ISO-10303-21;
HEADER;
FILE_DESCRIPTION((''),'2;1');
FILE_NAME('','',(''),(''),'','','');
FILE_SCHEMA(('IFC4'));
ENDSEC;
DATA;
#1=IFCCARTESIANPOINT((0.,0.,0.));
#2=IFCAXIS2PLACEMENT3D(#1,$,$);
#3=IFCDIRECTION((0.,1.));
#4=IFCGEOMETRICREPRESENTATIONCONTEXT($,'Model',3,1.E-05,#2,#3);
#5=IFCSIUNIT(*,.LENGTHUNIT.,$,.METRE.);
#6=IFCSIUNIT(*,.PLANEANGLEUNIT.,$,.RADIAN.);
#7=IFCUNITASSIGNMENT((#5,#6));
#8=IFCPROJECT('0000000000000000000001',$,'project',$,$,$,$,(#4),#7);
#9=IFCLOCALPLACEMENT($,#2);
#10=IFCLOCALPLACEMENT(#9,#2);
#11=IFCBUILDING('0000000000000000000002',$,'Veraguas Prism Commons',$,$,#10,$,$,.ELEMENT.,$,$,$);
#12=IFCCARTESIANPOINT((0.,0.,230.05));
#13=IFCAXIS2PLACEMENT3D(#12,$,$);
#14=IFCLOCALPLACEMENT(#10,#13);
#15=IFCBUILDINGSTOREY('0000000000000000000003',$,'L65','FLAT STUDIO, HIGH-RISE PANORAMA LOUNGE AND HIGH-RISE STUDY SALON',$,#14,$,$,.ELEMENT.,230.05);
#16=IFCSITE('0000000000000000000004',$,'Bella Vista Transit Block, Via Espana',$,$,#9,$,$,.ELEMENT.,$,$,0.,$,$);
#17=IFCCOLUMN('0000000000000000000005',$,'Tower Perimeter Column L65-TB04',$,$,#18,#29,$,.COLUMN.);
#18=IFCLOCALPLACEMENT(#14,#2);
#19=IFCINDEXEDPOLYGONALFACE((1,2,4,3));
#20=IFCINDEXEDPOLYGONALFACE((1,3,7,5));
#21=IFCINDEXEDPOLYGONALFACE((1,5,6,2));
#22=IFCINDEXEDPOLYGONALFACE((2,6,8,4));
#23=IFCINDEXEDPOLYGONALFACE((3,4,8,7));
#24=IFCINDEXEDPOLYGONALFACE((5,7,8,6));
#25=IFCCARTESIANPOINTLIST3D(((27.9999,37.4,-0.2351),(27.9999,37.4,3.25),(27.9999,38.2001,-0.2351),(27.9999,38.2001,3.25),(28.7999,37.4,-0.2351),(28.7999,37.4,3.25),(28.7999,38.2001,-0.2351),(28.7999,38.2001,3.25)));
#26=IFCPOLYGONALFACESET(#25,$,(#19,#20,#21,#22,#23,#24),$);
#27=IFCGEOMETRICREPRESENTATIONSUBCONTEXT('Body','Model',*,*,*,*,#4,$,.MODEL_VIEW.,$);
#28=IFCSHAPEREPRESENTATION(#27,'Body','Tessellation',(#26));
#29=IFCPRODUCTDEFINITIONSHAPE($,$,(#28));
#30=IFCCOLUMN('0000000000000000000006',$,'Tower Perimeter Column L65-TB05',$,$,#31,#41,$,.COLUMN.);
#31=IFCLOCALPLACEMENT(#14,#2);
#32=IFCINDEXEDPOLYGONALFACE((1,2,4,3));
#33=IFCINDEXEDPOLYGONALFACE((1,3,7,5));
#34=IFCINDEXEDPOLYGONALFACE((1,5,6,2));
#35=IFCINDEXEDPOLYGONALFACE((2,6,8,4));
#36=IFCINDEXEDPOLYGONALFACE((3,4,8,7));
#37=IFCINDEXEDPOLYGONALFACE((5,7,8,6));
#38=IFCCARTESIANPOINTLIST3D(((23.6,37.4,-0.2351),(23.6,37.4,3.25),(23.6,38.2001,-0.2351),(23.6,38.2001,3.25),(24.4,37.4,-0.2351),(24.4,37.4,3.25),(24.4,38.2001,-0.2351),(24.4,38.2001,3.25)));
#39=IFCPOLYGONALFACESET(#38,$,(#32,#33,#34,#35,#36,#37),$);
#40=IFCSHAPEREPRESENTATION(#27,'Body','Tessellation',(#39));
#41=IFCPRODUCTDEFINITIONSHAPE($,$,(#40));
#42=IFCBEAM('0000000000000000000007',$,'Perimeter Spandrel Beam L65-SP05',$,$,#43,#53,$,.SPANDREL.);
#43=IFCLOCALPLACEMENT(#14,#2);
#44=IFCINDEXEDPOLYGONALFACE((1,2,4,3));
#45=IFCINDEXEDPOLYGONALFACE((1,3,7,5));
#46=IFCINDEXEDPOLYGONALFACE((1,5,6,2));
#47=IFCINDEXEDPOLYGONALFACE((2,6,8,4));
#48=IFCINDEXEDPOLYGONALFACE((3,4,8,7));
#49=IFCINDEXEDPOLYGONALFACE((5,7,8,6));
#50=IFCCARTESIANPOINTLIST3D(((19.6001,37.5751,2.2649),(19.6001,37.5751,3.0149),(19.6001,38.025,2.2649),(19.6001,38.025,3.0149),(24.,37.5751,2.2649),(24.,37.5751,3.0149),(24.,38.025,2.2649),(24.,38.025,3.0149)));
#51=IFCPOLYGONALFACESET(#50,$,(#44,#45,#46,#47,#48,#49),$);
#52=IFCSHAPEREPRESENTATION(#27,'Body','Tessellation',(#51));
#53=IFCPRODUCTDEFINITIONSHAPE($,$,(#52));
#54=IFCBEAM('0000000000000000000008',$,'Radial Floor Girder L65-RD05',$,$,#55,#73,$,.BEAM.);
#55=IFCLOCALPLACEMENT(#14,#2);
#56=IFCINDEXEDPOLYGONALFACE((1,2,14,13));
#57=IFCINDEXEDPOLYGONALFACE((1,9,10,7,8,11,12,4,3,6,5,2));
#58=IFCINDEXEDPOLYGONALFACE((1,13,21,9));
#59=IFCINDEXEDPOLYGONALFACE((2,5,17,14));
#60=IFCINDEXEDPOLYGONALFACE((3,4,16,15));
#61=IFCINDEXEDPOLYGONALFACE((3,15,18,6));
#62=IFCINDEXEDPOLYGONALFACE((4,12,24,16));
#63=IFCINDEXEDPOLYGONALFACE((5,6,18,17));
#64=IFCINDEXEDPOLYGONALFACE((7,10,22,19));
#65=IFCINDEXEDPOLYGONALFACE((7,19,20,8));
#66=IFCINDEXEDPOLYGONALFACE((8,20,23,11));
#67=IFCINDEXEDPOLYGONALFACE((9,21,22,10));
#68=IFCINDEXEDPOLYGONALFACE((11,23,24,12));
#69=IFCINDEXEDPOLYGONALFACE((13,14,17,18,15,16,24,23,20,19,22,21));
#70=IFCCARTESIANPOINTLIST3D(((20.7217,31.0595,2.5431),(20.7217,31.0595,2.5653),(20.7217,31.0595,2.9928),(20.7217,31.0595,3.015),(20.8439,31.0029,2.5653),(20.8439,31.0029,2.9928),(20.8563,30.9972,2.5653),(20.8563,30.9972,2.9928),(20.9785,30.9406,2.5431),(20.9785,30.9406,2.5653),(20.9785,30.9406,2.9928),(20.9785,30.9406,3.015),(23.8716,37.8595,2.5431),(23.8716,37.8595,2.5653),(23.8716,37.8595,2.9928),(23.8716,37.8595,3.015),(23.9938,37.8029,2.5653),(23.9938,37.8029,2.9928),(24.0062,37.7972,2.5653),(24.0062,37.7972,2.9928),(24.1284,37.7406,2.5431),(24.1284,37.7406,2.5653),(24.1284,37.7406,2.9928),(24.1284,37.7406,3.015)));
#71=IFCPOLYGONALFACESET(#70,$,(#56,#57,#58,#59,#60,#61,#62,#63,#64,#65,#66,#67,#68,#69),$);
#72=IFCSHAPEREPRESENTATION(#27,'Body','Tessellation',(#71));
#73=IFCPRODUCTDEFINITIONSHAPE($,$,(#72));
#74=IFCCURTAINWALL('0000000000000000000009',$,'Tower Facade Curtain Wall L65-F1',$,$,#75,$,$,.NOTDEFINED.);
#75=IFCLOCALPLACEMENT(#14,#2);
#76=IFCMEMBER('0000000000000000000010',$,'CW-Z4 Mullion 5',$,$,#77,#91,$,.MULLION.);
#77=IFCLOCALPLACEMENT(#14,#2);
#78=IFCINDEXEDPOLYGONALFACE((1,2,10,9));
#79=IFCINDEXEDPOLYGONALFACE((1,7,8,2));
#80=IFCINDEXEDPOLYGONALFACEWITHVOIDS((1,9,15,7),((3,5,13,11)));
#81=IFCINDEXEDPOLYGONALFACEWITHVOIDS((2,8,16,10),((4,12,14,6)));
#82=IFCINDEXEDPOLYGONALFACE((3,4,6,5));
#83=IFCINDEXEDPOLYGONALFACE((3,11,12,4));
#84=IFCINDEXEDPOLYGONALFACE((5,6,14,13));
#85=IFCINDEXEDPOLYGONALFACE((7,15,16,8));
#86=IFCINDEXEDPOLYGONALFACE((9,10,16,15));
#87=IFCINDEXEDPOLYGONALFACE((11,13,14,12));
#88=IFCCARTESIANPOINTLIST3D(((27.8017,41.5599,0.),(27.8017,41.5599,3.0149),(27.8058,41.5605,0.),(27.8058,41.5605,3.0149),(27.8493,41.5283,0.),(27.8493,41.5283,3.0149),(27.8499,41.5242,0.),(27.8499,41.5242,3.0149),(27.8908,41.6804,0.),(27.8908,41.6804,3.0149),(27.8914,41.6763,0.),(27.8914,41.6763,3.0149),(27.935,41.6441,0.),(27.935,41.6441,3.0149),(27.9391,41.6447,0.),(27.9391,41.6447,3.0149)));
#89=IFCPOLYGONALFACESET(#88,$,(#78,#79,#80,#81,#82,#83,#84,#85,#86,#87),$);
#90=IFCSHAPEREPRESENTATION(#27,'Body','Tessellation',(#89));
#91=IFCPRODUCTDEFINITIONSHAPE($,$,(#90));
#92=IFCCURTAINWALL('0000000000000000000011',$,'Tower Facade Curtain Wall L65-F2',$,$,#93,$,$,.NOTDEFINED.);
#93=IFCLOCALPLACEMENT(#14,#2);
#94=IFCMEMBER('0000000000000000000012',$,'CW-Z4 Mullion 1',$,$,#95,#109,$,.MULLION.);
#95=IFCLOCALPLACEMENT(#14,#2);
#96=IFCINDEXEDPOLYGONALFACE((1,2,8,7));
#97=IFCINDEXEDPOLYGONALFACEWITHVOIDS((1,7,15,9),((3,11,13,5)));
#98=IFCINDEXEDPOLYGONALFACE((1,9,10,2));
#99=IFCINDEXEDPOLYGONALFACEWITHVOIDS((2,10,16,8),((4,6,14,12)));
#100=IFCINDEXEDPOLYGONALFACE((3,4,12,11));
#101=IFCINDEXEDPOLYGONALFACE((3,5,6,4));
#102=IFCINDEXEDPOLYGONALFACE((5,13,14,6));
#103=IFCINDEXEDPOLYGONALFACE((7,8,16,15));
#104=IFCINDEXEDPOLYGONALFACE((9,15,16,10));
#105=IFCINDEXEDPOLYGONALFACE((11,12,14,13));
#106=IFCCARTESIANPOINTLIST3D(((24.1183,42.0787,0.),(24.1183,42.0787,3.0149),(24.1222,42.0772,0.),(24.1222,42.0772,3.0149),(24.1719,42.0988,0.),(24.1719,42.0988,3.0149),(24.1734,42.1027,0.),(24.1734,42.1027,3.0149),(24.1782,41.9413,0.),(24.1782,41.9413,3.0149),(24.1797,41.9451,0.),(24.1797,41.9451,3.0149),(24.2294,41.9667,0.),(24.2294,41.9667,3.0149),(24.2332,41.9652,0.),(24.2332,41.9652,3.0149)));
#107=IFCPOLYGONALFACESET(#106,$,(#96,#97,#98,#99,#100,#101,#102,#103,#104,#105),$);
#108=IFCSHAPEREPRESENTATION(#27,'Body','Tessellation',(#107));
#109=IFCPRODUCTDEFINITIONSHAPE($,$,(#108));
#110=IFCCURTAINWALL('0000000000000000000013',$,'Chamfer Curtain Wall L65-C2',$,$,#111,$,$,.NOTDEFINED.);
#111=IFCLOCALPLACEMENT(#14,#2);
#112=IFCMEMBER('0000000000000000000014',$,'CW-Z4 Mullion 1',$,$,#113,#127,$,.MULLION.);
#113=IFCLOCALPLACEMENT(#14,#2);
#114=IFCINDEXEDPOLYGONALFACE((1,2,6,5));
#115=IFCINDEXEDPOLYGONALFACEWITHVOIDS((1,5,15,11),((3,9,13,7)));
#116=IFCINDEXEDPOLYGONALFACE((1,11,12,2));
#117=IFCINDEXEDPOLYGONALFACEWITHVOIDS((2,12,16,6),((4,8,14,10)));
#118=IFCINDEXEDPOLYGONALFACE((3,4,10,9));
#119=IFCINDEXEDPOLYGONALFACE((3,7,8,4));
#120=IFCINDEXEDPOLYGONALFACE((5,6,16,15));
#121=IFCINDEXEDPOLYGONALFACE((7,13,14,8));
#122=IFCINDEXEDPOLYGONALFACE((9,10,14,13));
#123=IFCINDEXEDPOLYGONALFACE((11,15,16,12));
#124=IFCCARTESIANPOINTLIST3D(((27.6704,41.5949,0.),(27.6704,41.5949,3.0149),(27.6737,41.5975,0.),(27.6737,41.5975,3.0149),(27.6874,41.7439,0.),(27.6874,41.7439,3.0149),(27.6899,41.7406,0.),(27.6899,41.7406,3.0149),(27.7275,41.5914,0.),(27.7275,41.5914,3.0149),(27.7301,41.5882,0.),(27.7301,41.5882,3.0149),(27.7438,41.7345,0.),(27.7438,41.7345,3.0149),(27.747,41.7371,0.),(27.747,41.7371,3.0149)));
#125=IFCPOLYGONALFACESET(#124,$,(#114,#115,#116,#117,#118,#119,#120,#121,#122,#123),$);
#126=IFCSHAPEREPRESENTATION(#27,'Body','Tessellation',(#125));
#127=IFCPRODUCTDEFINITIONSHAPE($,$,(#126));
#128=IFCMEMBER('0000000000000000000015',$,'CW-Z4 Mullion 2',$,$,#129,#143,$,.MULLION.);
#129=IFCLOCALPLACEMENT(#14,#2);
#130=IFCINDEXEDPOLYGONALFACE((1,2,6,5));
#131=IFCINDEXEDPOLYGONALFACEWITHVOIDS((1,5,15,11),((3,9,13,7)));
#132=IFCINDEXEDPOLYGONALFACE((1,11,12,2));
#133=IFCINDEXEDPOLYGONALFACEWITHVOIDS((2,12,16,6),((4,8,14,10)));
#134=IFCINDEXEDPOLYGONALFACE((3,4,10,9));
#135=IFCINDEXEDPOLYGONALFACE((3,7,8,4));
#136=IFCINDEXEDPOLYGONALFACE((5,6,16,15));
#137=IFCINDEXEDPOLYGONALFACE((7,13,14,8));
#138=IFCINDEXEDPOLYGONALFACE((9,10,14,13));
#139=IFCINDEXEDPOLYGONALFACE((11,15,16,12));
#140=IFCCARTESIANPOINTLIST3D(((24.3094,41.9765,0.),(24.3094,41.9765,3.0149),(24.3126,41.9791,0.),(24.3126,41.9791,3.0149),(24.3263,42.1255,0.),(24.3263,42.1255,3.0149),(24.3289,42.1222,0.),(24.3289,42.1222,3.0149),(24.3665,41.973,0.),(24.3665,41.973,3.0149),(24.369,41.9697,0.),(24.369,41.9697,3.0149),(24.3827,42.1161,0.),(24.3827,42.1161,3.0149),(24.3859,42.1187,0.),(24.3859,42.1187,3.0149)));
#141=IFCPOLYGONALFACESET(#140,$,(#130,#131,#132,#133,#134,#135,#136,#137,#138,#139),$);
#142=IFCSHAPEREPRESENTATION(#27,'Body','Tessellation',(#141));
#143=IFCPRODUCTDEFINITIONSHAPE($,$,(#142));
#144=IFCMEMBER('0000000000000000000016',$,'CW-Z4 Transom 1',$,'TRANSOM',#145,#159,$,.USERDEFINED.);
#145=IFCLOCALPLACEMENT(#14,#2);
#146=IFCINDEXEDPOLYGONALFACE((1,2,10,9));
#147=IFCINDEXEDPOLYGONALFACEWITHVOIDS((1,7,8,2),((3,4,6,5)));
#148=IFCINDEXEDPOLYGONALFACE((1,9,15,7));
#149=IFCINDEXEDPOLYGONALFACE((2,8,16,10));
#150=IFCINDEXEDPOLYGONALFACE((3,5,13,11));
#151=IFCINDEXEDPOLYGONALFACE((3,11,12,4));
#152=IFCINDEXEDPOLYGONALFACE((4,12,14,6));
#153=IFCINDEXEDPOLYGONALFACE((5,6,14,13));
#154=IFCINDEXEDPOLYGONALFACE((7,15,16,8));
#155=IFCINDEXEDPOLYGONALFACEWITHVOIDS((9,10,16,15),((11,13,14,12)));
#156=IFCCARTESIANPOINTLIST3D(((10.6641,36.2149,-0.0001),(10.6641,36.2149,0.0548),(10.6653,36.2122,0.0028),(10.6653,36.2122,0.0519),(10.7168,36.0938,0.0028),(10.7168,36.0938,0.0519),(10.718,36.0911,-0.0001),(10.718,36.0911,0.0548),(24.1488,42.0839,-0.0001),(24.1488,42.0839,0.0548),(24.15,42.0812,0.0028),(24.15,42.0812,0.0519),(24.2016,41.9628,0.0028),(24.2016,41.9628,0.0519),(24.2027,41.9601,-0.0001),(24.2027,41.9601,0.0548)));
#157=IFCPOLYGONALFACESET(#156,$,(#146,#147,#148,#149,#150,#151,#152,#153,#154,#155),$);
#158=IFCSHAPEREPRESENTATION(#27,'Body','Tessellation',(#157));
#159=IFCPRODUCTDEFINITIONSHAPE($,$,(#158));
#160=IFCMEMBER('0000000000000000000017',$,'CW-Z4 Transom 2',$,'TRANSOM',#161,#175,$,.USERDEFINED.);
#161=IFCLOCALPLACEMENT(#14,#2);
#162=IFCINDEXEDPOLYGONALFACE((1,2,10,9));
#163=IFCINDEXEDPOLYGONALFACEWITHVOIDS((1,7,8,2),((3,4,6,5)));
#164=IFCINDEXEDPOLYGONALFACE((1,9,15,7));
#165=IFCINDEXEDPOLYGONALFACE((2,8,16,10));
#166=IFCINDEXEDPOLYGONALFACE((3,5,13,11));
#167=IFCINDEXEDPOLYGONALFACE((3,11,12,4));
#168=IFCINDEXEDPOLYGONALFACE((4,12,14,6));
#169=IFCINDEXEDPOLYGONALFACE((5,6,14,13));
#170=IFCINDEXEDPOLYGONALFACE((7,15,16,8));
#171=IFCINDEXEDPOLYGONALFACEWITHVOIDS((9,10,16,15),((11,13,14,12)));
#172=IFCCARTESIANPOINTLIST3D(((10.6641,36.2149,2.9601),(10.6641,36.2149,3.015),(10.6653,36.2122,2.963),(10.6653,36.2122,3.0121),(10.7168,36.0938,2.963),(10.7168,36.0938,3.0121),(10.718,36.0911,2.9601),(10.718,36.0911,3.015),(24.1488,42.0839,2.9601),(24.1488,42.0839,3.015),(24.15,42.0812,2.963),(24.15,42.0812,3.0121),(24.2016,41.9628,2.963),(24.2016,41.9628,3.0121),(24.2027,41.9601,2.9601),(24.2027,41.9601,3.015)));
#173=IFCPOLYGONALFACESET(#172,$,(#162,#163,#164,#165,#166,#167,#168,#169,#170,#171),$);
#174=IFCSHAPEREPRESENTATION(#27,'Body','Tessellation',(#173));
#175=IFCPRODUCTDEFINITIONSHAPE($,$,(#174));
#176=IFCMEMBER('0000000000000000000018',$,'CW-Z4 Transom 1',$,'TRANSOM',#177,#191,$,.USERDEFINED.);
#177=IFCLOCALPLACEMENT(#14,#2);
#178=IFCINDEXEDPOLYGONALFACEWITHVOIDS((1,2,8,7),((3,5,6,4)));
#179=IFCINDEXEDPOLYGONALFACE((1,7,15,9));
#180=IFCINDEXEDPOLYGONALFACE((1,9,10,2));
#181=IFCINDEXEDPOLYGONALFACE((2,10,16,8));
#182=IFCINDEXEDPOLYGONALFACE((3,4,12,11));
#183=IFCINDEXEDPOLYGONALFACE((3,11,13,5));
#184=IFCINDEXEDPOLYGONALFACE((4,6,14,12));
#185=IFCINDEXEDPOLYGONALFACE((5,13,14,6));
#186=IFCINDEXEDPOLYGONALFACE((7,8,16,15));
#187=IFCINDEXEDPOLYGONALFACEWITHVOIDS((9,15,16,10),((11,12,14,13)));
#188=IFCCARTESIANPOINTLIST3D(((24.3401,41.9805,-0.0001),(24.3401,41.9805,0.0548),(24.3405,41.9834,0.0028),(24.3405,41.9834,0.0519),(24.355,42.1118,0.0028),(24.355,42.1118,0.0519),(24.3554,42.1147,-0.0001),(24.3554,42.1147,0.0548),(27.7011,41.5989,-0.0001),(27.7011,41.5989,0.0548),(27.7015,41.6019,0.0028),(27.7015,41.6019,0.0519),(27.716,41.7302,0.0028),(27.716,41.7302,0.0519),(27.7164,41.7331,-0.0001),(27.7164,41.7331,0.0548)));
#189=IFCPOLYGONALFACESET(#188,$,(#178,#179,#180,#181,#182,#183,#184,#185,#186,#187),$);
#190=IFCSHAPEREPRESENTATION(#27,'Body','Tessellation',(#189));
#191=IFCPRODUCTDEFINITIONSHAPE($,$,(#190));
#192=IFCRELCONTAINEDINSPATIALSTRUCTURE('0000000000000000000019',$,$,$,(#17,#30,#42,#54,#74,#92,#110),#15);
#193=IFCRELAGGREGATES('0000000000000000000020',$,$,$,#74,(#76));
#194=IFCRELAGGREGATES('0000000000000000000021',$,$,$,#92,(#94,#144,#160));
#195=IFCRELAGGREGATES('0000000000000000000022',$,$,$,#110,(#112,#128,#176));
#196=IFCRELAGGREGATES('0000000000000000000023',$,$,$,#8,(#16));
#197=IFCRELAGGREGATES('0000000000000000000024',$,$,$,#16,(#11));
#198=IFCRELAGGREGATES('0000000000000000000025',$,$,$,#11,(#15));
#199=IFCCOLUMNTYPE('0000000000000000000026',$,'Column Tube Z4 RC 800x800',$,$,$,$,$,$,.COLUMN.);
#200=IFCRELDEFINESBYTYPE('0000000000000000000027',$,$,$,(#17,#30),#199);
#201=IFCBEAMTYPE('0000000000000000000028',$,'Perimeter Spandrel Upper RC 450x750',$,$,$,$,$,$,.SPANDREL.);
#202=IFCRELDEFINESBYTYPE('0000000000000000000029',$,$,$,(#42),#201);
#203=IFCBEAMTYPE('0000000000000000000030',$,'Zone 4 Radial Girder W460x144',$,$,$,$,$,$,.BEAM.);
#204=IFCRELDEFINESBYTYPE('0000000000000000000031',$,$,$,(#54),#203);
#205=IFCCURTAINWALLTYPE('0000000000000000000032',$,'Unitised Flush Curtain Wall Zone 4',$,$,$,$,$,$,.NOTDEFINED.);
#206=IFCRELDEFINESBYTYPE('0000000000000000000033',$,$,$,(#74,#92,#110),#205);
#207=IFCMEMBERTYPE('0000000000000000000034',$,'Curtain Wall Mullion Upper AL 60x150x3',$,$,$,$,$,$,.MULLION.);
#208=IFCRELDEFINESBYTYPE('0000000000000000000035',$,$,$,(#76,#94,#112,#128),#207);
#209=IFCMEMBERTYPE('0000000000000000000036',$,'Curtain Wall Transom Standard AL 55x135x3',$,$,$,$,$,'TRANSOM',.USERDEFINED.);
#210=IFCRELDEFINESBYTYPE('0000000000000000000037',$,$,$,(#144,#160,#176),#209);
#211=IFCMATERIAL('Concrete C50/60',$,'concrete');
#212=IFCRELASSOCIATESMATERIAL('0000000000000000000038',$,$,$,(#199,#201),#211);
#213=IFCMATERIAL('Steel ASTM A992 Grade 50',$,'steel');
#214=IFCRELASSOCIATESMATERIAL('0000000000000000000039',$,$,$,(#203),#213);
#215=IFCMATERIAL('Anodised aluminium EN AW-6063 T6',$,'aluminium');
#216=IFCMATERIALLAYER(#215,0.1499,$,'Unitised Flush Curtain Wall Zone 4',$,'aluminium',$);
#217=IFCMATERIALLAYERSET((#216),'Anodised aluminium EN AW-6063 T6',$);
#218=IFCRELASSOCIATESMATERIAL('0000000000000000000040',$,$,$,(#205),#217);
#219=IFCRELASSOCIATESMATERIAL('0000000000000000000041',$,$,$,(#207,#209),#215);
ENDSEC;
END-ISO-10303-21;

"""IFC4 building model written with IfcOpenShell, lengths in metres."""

from ifc_helpers import new_model, si_unit, direction, frame, origin, origin_2d, place, context, subcontext, project, spatial, rectangle, hollow_rectangle, i_section, extrude, source, transform, mapped, material, layer, layer_set, material_profile, profile_set, type_object, element, aggregate, save


model = new_model("IFC4")

# Units and contexts
model_context = context("Model", 3, precision=1e-05, world=origin(), true_north=direction((0.0, 1.0)))
body_context = subcontext(model_context, "Body", "Model", "MODEL_VIEW")
ifc_project = project(units=[si_unit("LENGTHUNIT", "METRE"), si_unit("PLANEANGLEUNIT", "RADIAN")], contexts=[model_context])

# Site, building, storey
site_placement = place(None, origin())
site = spatial("IfcSite", under=ifc_project, at=site_placement, Name="Bella Vista Transit Block, Via Espana", CompositionType="ELEMENT", RefElevation=0.0)
building_placement = place(site_placement, origin())
building = spatial("IfcBuilding", under=site, at=building_placement, Name="Veraguas Prism Commons", CompositionType="ELEMENT")
storey_placement = place(building_placement, frame((0.0, 0.0, 230.05)))
storey = spatial("IfcBuildingStorey", under=building, at=storey_placement, Name="L65", Description="FLAT STUDIO, HIGH-RISE PANORAMA LOUNGE AND HIGH-RISE STUDY SALON", CompositionType="ELEMENT", Elevation=230.05)

# Columns
ifc_material_1 = material(Name="Concrete C50/60", Category="concrete")
ifc_material_profile_1 = material_profile(ifc_material_1, rectangle(XDim=0.8, YDim=0.8, at=origin_2d()), Name="RC800X800")
ifc_profile_set_1 = profile_set([ifc_material_profile_1], Name="Concrete C50/60")
column_type = type_object("IfcColumnType", Name="Column Tube Z4 RC 800x800", PredefinedType="COLUMN", material=ifc_profile_set_1)
for number, where, z_axis, x_axis, name in (
    (1, (28.3999, 37.8, -0.2351), (0.0, 0.0, 1.0), (1.0, 0.0, 0.0), "Tower Perimeter Column L65-TB04"),
    (2, (24.0, 37.8, -0.2351), (0.0, 0.0, 1.0), (1.0, 0.0, 0.0), "Tower Perimeter Column L65-TB05"),
):
    element("IfcColumn", number, at=place(storey_placement, frame(where, z_axis=z_axis, x_axis=x_axis)), inside=storey, type_object=column_type, Name=name, PredefinedType="COLUMN", context=body_context, shape_type="SweptSolid", body=[
        extrude(rectangle(XDim=0.8, YDim=0.8, at=origin_2d()), origin(), (0.0, 0.0, 1.0), 3.4851),
    ])

# Beams
ifc_material_profile_2 = material_profile(ifc_material_1, rectangle(XDim=0.45, YDim=0.75, at=origin_2d()), Name="RC450X750")
ifc_profile_set_2 = profile_set([ifc_material_profile_2], Name="Concrete C50/60")
beam_type_1 = type_object("IfcBeamType", Name="Perimeter Spandrel Upper RC 450x750", PredefinedType="SPANDREL", material=ifc_profile_set_2)
beam_1_placement = place(storey_placement, frame((24.0, 37.8, 2.6399), z_axis=(-1.0, 0.0, 0.0), x_axis=(0.0, -1.0, 0.0)))
element("IfcBeam", 3, at=beam_1_placement, inside=storey, type_object=beam_type_1, Name="Perimeter Spandrel Beam L65-SP05", PredefinedType="SPANDREL", context=body_context, shape_type="SweptSolid", body=[
    extrude(rectangle(XDim=0.45, YDim=0.75, at=origin_2d()), origin(), (0.0, 0.0, 1.0), 4.3999),
])
ifc_material_2 = material(Name="Steel ASTM A992 Grade 50", Category="steel")
ifc_material_profile_3 = material_profile(ifc_material_2, i_section(OverallWidth=0.283, OverallDepth=0.4719, WebThickness=0.0137, FlangeThickness=0.0222, at=origin_2d()), Name="W460X144")
ifc_profile_set_3 = profile_set([ifc_material_profile_3], Name="Steel ASTM A992 Grade 50")
beam_type_2 = type_object("IfcBeamType", Name="Zone 4 Radial Girder W460x144", PredefinedType="BEAM", material=ifc_profile_set_3)
beam_2_placement = place(storey_placement, frame((24.0, 37.8, 2.7791), z_axis=(-0.420314, -0.907379, 0.0), x_axis=(0.907379, -0.420314, 0.0)))
element("IfcBeam", 4, at=beam_2_placement, inside=storey, type_object=beam_type_2, Name="Radial Floor Girder L65-RD05", PredefinedType="BEAM", context=body_context, shape_type="SweptSolid", body=[
    extrude(i_section(OverallWidth=0.283, OverallDepth=0.4719, WebThickness=0.0137, FlangeThickness=0.0222, at=origin_2d()), origin(), (0.0, 0.0, 1.0), 7.4941),
])

# Curtain walls, members
ifc_material_3 = material(Name="Anodised aluminium EN AW-6063 T6", Category="aluminium")
ifc_layer_1 = layer(ifc_material_3, 0.1499, Name="Unitised Flush Curtain Wall Zone 4", Category="aluminium")
ifc_layer_set_1 = layer_set([ifc_layer_1], Name="Anodised aluminium EN AW-6063 T6")
curtain_wall_type = type_object("IfcCurtainWallType", Name="Unitised Flush Curtain Wall Zone 4", PredefinedType="NOTDEFINED", material=ifc_layer_set_1)
curtain_wall_1_placement = place(storey_placement, origin())
curtain_wall_1 = element("IfcCurtainWall", 5, at=curtain_wall_1_placement, inside=storey, type_object=curtain_wall_type, Name="Tower Facade Curtain Wall L65-F1", PredefinedType="NOTDEFINED")
ifc_material_profile_4 = material_profile(ifc_material_3, hollow_rectangle(XDim=0.0601, YDim=0.1499, WallThickness=0.0029, at=origin_2d()), Name="AL60X150X3")
ifc_profile_set_4 = profile_set([ifc_material_profile_4], Name="Anodised aluminium EN AW-6063 T6")
member_type_1 = type_object("IfcMemberType", Name="Curtain Wall Mullion Upper AL 60x150x3", PredefinedType="MULLION", material=ifc_profile_set_4)
shared_shape_1 = source(origin(), body_context, "Body", "SweptSolid", [
    extrude(hollow_rectangle(XDim=0.0601, YDim=0.1499, WallThickness=0.0029, at=origin_2d()), origin(), (0.0, 0.0, 1.0), 3.0149),
])
member_1_placement = place(storey_placement, frame((27.8704, 41.6023, 0.0), z_axis=(0.0, 0.0, 1.0), x_axis=(-0.804068, 0.594538, 0.0)))
member_1 = element("IfcMember", 6, at=member_1_placement, type_object=member_type_1, Name="CW-Z4 Mullion 5", PredefinedType="MULLION", context=body_context, shape_type="MappedRepresentation", body=[
    mapped(shared_shape_1, transform((0.0, 0.0, 0.0), scale=1.0)),
])
aggregate(curtain_wall_1, [member_1])
curtain_wall_2_placement = place(storey_placement, origin())
curtain_wall_2 = element("IfcCurtainWall", 7, at=curtain_wall_2_placement, inside=storey, type_object=curtain_wall_type, Name="Tower Facade Curtain Wall L65-F2", PredefinedType="NOTDEFINED")
member_2_placement = place(storey_placement, frame((24.1758, 42.022, 0.0), z_axis=(0.0, 0.0, 1.0), x_axis=(-0.916919, -0.399074, 0.0)))
member_2 = element("IfcMember", 8, at=member_2_placement, type_object=member_type_1, Name="CW-Z4 Mullion 1", PredefinedType="MULLION", context=body_context, shape_type="MappedRepresentation", body=[
    mapped(shared_shape_1, transform((0.0, 0.0, 0.0), scale=1.0)),
])

# Curtain wall, members
curtain_wall_3_placement = place(storey_placement, origin())
curtain_wall_3 = element("IfcCurtainWall", 9, at=curtain_wall_3_placement, inside=storey, type_object=curtain_wall_type, Name="Chamfer Curtain Wall L65-C2", PredefinedType="NOTDEFINED")
member_3_placement = place(storey_placement, frame((27.7087, 41.666, 0.0), z_axis=(0.0, 0.0, 1.0), x_axis=(-0.993615, 0.112822, 0.0)))
member_3 = element("IfcMember", 10, at=member_3_placement, type_object=member_type_1, Name="CW-Z4 Mullion 1", PredefinedType="MULLION", context=body_context, shape_type="MappedRepresentation", body=[
    mapped(shared_shape_1, transform((0.0, 0.0, 0.0), scale=1.0)),
])
member_4_placement = place(storey_placement, frame((24.3477, 42.0476, 0.0), z_axis=(0.0, 0.0, 1.0), x_axis=(-0.993615, 0.112822, 0.0)))
member_4 = element("IfcMember", 11, at=member_4_placement, type_object=member_type_1, Name="CW-Z4 Mullion 2", PredefinedType="MULLION", context=body_context, shape_type="MappedRepresentation", body=[
    mapped(shared_shape_1, transform((0.0, 0.0, 0.0), scale=1.0)),
])

# Members
ifc_material_profile_5 = material_profile(ifc_material_3, hollow_rectangle(XDim=0.0549, YDim=0.135, WallThickness=0.0029, at=origin_2d()), Name="AL55X135X3")
ifc_profile_set_5 = profile_set([ifc_material_profile_5], Name="Anodised aluminium EN AW-6063 T6")
member_type_2 = type_object("IfcMemberType", Name="Curtain Wall Transom Standard AL 55x135x3", ElementType="TRANSOM", PredefinedType="USERDEFINED", material=ifc_profile_set_5)
shared_shape_2 = source(origin(), body_context, "Body", "SweptSolid", [
    extrude(hollow_rectangle(XDim=0.0549, YDim=0.135, WallThickness=0.0029, at=origin_2d()), origin(), (0.0, 0.0, 1.0), 14.7065),
])
member_5_placement = place(storey_placement, frame((24.1758, 42.022, 0.0273), z_axis=(-0.91692, -0.39907, 0.0), x_axis=(0.0, 0.0, 1.0)))
member_5 = element("IfcMember", 12, at=member_5_placement, type_object=member_type_2, Name="CW-Z4 Transom 1", ObjectType="TRANSOM", PredefinedType="USERDEFINED", context=body_context, shape_type="MappedRepresentation", body=[
    mapped(shared_shape_2, transform((0.0, 0.0, 0.0), scale=1.0)),
])
member_6_placement = place(storey_placement, frame((24.1758, 42.022, 2.9875), z_axis=(-0.91692, -0.39907, 0.0), x_axis=(0.0, 0.0, 1.0)))
member_6 = element("IfcMember", 13, at=member_6_placement, type_object=member_type_2, Name="CW-Z4 Transom 2", ObjectType="TRANSOM", PredefinedType="USERDEFINED", context=body_context, shape_type="MappedRepresentation", body=[
    mapped(shared_shape_2, transform((0.0, 0.0, 0.0), scale=1.0)),
])
aggregate(curtain_wall_2, [member_2, member_5, member_6])
shared_shape_3 = source(origin(), body_context, "Body", "SweptSolid", [
    extrude(hollow_rectangle(XDim=0.0549, YDim=0.135, WallThickness=0.0029, at=origin_2d()), origin(), (0.0, 0.0, 1.0), 3.3826),
])
member_7_placement = place(storey_placement, frame((27.7087, 41.666, 0.0273), z_axis=(-0.993617, 0.112808, 0.0), x_axis=(0.0, 0.0, 1.0)))
member_7 = element("IfcMember", 14, at=member_7_placement, type_object=member_type_2, Name="CW-Z4 Transom 1", ObjectType="TRANSOM", PredefinedType="USERDEFINED", context=body_context, shape_type="MappedRepresentation", body=[
    mapped(shared_shape_3, transform((0.0, 0.0, 0.0), scale=1.0)),
])

aggregate(curtain_wall_3, [member_3, member_4, member_7])

save(model, "model.ifc")
